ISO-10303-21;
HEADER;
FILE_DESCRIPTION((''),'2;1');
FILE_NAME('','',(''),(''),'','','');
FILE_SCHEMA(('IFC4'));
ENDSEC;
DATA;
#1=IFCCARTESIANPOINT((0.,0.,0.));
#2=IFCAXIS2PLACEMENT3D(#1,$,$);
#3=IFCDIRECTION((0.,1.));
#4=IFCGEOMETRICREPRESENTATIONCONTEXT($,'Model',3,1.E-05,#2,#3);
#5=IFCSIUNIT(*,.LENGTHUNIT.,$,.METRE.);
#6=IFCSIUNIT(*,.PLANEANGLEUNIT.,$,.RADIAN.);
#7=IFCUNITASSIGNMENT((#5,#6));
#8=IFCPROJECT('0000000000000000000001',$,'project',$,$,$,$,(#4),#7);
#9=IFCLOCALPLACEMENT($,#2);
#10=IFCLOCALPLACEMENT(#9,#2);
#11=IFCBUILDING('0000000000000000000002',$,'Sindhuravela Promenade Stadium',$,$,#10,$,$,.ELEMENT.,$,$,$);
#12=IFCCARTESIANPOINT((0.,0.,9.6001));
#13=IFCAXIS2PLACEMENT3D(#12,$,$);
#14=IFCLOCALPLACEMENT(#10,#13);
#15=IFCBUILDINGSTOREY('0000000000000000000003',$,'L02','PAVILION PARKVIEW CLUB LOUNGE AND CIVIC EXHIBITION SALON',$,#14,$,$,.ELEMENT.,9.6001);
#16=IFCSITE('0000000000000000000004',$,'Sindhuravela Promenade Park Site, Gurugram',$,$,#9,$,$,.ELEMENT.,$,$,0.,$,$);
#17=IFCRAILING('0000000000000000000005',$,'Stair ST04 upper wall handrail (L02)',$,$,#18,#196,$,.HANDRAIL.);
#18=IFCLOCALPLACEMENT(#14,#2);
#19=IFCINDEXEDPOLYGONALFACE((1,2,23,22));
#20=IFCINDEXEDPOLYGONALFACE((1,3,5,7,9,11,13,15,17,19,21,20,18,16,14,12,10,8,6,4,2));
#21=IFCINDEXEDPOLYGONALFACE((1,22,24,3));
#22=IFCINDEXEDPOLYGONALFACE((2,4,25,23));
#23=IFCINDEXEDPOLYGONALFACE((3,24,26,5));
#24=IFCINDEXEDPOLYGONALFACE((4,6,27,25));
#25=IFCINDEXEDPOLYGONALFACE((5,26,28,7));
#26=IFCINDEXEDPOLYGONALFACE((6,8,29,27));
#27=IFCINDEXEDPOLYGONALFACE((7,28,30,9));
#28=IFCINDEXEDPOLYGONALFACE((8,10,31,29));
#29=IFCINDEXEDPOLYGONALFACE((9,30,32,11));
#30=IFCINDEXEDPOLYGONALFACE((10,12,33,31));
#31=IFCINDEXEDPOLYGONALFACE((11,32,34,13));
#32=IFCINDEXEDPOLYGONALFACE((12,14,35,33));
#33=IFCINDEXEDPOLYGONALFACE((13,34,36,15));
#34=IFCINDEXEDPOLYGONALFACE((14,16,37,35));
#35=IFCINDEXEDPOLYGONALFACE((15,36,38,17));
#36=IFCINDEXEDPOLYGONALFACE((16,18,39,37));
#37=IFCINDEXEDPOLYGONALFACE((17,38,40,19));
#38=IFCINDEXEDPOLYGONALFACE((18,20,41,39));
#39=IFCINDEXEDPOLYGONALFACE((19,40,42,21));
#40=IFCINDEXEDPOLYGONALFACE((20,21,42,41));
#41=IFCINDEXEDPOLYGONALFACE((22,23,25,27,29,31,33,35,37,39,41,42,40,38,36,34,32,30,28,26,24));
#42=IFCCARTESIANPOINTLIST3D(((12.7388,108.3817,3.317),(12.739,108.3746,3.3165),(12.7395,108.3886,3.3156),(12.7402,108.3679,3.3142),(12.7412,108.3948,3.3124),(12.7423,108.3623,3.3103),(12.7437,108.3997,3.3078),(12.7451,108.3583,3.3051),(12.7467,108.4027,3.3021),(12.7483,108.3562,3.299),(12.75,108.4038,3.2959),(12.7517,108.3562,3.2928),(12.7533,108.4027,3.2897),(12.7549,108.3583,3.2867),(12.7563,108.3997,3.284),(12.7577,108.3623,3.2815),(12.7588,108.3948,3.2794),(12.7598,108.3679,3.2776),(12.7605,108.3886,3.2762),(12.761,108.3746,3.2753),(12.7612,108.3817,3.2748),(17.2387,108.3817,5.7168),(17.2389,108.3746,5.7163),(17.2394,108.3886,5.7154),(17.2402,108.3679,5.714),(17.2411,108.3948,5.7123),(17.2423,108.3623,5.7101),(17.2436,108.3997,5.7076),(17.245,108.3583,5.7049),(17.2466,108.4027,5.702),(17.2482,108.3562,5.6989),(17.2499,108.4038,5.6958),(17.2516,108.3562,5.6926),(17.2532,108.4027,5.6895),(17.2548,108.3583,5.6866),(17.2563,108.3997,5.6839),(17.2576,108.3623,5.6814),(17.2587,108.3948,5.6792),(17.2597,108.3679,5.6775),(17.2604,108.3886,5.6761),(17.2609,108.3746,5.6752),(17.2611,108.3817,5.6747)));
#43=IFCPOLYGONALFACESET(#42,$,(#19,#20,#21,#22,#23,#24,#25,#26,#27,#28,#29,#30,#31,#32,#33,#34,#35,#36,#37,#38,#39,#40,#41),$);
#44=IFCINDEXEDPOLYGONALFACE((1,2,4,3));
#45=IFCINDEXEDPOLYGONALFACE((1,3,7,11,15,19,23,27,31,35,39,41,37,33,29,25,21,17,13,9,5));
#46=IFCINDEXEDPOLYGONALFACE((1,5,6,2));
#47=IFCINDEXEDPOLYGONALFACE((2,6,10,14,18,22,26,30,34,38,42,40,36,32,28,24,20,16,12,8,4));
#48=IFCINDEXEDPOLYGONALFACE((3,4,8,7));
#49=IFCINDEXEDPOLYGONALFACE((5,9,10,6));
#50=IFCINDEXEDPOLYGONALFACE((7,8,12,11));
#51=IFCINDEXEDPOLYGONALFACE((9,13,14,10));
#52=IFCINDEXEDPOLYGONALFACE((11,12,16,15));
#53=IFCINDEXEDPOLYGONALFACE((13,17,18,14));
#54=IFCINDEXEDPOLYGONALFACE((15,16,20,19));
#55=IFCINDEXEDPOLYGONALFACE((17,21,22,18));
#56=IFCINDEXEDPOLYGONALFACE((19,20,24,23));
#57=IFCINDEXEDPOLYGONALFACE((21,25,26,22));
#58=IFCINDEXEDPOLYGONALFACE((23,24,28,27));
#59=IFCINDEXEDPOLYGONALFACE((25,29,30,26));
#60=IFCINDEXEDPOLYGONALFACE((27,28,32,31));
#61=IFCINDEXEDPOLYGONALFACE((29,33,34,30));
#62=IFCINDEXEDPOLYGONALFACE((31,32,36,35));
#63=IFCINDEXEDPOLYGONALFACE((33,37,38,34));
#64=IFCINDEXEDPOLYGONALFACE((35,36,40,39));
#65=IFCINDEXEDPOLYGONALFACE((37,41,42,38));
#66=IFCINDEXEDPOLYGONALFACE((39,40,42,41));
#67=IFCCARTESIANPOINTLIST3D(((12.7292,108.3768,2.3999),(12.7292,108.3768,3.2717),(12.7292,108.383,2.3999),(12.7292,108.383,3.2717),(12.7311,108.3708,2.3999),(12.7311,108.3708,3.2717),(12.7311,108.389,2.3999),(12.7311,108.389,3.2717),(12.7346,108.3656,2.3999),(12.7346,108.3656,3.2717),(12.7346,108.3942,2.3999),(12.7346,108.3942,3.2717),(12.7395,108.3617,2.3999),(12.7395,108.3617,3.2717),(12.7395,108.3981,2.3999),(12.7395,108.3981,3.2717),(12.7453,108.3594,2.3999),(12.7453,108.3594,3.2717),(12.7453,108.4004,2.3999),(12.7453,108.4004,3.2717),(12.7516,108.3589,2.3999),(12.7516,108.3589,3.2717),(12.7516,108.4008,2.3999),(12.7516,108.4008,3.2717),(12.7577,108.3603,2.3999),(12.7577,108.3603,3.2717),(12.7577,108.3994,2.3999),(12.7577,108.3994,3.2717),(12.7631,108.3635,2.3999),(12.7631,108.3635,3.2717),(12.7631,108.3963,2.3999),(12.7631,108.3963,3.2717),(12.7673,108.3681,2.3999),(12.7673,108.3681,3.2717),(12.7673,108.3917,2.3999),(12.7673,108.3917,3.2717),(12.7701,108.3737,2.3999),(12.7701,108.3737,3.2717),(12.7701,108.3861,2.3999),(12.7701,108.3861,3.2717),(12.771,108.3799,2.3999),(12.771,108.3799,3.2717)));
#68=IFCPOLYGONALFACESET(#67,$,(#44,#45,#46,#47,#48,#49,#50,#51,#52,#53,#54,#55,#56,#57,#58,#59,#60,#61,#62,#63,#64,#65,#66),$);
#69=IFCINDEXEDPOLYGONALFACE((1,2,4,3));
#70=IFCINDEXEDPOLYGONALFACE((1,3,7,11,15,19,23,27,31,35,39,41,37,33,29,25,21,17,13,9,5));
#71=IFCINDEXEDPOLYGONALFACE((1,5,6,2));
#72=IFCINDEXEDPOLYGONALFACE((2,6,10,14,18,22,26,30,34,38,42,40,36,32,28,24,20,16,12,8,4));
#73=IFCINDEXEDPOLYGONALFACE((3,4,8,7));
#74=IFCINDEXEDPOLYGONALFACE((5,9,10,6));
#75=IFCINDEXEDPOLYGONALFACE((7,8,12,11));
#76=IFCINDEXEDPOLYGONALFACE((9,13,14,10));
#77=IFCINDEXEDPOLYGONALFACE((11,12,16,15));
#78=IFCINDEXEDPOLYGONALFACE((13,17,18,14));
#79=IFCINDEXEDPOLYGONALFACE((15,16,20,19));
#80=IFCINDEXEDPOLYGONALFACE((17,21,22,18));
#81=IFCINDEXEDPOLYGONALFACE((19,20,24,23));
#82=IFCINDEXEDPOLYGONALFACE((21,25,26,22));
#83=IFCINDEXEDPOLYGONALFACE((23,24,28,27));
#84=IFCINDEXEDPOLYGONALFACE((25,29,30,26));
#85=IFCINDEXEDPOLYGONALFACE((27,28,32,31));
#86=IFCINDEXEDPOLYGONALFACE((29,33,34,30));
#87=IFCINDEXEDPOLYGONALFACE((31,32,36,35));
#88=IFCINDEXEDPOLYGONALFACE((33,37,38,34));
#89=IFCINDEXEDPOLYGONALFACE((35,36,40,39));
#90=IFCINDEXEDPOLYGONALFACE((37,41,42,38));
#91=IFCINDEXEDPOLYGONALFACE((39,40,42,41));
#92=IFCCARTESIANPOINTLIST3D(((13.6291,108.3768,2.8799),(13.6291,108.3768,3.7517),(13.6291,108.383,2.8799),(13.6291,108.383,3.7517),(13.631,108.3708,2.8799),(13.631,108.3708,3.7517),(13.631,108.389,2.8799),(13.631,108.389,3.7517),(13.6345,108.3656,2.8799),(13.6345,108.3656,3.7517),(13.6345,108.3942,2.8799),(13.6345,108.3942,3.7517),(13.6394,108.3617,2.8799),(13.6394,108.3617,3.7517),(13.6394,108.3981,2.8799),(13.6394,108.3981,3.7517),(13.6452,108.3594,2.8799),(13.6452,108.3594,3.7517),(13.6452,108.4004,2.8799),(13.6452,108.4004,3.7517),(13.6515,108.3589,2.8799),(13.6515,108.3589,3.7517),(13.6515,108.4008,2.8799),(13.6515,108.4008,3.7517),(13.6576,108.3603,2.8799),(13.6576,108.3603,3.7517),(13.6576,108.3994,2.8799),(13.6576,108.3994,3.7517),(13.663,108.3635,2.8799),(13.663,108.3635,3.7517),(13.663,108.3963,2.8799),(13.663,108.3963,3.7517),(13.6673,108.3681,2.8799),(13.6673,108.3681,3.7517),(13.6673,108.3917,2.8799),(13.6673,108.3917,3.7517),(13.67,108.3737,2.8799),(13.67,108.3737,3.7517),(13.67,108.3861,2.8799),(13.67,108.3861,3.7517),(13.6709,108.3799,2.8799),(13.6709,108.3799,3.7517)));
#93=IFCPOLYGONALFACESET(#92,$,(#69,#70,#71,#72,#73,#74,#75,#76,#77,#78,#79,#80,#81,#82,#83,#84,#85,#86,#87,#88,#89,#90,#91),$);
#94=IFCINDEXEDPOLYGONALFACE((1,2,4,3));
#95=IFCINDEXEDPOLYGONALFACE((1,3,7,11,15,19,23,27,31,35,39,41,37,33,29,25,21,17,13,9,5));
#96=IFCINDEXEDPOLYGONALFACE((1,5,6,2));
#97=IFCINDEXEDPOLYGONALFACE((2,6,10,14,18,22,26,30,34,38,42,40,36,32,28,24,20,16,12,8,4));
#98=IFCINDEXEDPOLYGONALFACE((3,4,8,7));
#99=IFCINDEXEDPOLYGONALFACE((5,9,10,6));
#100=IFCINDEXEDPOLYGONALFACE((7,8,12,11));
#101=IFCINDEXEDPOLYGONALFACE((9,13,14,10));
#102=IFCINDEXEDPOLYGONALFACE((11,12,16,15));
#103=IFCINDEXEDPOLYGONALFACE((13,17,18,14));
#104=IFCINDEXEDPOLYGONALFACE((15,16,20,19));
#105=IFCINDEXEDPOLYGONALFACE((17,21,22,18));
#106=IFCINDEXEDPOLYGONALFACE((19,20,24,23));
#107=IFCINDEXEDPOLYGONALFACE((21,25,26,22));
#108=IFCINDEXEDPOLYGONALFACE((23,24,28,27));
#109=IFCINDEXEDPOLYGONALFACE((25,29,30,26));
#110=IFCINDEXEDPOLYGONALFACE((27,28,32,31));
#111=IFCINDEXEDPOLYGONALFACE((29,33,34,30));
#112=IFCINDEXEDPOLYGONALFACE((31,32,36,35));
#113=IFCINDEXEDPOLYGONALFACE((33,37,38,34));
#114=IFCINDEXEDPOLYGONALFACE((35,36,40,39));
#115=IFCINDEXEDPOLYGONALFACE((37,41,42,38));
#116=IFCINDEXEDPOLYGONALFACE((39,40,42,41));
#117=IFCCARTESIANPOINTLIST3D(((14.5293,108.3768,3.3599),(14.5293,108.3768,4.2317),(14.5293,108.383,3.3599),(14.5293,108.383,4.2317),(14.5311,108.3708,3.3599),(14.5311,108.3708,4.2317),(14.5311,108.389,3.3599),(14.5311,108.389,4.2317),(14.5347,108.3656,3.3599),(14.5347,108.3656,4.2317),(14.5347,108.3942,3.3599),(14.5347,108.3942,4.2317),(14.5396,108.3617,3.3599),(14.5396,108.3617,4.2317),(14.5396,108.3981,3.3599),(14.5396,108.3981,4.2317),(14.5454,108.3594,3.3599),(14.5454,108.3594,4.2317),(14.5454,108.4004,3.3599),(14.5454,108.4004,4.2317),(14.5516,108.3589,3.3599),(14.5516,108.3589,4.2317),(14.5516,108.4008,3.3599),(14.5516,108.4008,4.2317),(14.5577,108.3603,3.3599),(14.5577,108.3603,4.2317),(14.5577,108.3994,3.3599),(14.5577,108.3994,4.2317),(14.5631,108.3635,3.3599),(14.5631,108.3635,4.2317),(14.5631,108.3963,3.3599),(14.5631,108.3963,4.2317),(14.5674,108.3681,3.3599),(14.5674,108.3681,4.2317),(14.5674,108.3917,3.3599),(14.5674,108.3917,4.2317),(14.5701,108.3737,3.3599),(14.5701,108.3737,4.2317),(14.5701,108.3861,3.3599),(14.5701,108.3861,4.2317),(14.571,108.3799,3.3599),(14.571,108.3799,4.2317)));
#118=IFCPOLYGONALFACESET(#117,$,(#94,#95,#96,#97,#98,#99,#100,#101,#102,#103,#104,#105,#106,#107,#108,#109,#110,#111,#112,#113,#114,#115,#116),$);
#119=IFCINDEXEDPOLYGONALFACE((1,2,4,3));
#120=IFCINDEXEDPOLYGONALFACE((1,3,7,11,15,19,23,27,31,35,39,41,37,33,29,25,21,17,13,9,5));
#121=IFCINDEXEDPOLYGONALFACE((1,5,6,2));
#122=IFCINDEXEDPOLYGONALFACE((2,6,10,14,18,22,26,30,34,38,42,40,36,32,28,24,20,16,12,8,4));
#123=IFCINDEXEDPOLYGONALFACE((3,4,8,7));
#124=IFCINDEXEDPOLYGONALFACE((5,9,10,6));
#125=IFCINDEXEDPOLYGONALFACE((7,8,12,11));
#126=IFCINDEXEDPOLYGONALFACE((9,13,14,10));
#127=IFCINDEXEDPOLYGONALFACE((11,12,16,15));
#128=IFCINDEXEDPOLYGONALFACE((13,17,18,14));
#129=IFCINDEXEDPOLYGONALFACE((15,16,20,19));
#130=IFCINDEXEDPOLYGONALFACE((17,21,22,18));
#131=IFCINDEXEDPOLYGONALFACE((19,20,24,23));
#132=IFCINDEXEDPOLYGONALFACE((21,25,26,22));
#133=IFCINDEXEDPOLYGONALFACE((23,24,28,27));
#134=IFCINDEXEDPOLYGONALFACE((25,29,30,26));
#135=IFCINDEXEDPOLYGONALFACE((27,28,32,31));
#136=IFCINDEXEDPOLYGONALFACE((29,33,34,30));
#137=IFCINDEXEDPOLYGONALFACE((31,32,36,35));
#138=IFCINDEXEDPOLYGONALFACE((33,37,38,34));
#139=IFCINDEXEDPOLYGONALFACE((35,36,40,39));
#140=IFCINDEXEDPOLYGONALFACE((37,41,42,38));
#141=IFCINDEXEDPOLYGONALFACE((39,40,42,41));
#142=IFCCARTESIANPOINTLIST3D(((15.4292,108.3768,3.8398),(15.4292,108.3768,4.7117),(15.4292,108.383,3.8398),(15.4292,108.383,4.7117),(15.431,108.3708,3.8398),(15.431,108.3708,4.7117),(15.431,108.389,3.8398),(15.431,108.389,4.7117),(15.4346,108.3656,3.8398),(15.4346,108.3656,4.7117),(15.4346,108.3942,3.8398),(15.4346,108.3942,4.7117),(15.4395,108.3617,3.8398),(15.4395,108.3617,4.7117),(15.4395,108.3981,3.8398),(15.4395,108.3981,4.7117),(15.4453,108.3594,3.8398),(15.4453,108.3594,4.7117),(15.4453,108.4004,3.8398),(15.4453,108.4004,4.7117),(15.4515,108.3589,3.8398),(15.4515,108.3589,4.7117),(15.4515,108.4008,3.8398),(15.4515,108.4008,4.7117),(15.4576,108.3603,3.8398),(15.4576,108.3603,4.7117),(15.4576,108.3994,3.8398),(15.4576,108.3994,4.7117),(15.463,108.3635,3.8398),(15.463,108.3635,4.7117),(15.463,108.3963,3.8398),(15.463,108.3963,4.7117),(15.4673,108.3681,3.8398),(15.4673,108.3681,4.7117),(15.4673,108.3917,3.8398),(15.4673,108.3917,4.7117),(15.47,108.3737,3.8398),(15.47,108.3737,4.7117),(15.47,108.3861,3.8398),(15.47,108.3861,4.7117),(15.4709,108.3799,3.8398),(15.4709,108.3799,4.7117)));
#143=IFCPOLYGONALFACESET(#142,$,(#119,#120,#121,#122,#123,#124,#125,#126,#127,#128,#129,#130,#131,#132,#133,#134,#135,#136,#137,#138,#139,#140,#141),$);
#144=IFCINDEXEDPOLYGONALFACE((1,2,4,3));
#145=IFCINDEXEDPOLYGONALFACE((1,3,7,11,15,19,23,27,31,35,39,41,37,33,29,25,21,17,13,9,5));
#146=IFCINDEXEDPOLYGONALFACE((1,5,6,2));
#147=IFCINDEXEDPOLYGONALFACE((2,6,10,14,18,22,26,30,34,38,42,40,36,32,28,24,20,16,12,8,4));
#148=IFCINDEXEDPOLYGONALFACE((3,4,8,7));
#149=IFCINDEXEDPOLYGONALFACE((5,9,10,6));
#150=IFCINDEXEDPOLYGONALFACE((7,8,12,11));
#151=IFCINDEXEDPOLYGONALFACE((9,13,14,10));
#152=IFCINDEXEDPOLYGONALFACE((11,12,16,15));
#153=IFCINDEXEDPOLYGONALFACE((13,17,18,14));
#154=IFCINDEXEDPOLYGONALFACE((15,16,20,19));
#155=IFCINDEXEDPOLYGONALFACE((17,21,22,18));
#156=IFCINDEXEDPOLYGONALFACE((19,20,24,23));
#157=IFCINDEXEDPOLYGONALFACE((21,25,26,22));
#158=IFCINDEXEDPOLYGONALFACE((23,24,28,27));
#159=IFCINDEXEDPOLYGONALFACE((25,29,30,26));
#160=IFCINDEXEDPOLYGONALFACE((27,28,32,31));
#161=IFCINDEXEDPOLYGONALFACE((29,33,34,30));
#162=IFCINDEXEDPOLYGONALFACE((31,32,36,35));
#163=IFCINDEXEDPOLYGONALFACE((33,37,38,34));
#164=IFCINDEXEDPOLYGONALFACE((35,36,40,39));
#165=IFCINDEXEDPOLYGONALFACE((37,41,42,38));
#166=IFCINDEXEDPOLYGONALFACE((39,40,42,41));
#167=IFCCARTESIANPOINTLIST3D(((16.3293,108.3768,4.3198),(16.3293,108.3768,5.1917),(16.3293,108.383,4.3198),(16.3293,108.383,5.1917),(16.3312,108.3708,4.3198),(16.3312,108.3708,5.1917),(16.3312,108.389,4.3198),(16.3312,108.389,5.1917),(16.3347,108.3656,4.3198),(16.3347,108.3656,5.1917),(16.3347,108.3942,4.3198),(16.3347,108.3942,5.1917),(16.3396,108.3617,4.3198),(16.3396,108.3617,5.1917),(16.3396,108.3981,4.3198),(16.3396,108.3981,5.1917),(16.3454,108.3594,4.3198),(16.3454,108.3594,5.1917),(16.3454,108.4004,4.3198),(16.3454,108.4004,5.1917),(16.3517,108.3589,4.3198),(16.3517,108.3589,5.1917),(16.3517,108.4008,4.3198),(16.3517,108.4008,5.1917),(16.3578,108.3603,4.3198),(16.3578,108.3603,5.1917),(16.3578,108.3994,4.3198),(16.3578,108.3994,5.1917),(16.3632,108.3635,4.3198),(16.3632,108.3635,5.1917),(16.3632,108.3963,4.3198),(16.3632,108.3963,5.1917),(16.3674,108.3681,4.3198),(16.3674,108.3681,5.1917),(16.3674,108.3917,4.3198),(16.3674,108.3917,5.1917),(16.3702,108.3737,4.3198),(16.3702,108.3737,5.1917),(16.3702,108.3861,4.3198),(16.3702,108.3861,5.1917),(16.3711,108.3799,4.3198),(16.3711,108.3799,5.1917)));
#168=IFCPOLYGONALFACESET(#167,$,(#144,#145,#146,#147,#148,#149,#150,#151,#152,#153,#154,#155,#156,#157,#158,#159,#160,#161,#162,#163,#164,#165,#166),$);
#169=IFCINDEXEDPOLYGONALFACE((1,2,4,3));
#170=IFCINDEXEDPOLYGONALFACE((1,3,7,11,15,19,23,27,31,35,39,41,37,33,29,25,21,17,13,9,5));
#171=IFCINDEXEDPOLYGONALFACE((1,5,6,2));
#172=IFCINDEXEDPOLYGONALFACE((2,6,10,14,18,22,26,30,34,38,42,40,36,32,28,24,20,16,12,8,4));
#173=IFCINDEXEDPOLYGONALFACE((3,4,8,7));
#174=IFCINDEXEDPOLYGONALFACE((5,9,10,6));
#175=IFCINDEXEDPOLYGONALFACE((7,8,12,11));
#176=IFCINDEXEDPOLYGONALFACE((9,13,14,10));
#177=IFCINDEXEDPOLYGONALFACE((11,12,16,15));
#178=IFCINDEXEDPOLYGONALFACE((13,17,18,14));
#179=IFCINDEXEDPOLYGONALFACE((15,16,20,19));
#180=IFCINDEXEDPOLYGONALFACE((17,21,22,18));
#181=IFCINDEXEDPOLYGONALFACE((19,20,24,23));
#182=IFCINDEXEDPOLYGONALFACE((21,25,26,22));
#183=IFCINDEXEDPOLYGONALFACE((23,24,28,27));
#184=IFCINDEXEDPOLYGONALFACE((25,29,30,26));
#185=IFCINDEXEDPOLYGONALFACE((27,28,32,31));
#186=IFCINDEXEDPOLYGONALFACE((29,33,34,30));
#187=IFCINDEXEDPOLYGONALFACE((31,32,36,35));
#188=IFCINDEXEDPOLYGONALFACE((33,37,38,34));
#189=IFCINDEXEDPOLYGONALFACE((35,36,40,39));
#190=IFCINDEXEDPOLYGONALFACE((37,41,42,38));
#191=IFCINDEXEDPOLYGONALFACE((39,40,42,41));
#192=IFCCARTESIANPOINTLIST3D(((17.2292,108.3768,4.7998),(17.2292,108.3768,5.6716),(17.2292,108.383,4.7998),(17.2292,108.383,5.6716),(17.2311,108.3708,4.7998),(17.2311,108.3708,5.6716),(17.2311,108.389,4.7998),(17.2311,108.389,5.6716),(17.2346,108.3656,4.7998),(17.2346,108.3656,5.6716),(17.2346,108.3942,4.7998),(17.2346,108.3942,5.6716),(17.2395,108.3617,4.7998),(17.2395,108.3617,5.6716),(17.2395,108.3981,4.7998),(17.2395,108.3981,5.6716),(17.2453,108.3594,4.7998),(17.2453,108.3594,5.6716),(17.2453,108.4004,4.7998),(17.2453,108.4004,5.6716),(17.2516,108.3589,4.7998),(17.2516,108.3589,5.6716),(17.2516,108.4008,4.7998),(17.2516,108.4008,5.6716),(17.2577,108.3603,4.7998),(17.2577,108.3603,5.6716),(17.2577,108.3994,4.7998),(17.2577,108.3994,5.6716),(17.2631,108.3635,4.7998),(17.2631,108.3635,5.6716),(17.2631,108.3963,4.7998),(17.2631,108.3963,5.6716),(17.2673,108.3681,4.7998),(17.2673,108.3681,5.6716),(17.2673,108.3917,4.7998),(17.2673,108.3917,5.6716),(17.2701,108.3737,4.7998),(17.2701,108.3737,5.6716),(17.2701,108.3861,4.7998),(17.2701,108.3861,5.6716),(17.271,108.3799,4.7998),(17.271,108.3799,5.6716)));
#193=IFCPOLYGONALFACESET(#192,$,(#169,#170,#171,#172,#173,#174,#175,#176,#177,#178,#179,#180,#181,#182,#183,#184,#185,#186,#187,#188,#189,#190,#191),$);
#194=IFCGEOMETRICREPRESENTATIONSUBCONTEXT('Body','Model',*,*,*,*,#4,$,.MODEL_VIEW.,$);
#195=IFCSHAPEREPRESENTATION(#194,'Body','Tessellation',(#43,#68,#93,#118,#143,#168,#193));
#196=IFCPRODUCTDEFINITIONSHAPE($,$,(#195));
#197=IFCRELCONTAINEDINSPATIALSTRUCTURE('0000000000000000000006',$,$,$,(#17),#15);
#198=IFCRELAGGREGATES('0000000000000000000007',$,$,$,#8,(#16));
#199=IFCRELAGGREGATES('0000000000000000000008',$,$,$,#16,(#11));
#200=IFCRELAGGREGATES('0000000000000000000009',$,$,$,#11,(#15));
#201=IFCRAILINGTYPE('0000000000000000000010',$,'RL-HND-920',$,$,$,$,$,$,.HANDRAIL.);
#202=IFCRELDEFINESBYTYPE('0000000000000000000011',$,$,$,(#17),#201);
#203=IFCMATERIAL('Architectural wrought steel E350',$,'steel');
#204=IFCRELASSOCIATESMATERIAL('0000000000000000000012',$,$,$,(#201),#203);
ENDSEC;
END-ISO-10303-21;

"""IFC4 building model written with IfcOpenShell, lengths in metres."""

from ifc_helpers import new_model, si_unit, direction, frame, origin, origin_2d, place, context, subcontext, project, spatial, circle, extrude, material, type_object, element, save


model = new_model("IFC4")

# Units and contexts
model_context = context("Model", 3, precision=1e-05, world=origin(), true_north=direction((0.0, 1.0)))
body_context = subcontext(model_context, "Body", "Model", "MODEL_VIEW")
ifc_project = project(units=[si_unit("LENGTHUNIT", "METRE"), si_unit("PLANEANGLEUNIT", "RADIAN")], contexts=[model_context])

# Site, building, storey
site_placement = place(None, origin())
site = spatial("IfcSite", under=ifc_project, at=site_placement, Name="Sindhuravela Promenade Park Site, Gurugram", CompositionType="ELEMENT", RefElevation=0.0)
building_placement = place(site_placement, origin())
building = spatial("IfcBuilding", under=site, at=building_placement, Name="Sindhuravela Promenade Stadium", CompositionType="ELEMENT")
storey_placement = place(building_placement, frame((0.0, 0.0, 9.6001)))
storey = spatial("IfcBuildingStorey", under=building, at=storey_placement, Name="L02", Description="PAVILION PARKVIEW CLUB LOUNGE AND CIVIC EXHIBITION SALON", CompositionType="ELEMENT", Elevation=9.6001)

# Shared definitions
ifc_material_1 = material(Name="Architectural wrought steel E350", Category="steel")

# Railing
railing_type_1 = type_object("IfcRailingType", Name="RL-HND-920", PredefinedType="HANDRAIL", material=ifc_material_1)
railing_1_placement = place(storey_placement, frame((12.75, 108.3799, 2.3999)))
element("IfcRailing", 1, at=railing_1_placement, inside=storey, type_object=railing_type_1, Name="Stair ST04 upper wall handrail (L02)", PredefinedType="HANDRAIL", context=body_context, shape_type="SweptSolid", body=[
    extrude(circle(Radius=0.0239, at=origin_2d()), frame((0.0, 0.0, 0.896), z_axis=(0.882361, 0.0, 0.470573), x_axis=(0.0, 1.0, 0.0)), (0.0, 0.0, 1.0), 5.0999),
    extrude(circle(Radius=0.021, at=origin_2d()), origin(), (0.0, 0.0, 1.0), 0.8718),
    extrude(circle(Radius=0.021, at=origin_2d()), frame((0.8999, 0.0, 0.48)), (0.0, 0.0, 1.0), 0.8718),
    extrude(circle(Radius=0.021, at=origin_2d()), frame((1.8, 0.0, 0.96)), (0.0, 0.0, 1.0), 0.8718),
    extrude(circle(Radius=0.021, at=origin_2d()), frame((2.7, 0.0, 1.4399)), (0.0, 0.0, 1.0), 0.8718),
    extrude(circle(Radius=0.021, at=origin_2d()), frame((3.6001, 0.0, 1.9199)), (0.0, 0.0, 1.0), 0.8718),
    extrude(circle(Radius=0.021, at=origin_2d()), frame((4.5, 0.0, 2.3999)), (0.0, 0.0, 1.0), 0.8718),
])

save(model, "model.ifc")
